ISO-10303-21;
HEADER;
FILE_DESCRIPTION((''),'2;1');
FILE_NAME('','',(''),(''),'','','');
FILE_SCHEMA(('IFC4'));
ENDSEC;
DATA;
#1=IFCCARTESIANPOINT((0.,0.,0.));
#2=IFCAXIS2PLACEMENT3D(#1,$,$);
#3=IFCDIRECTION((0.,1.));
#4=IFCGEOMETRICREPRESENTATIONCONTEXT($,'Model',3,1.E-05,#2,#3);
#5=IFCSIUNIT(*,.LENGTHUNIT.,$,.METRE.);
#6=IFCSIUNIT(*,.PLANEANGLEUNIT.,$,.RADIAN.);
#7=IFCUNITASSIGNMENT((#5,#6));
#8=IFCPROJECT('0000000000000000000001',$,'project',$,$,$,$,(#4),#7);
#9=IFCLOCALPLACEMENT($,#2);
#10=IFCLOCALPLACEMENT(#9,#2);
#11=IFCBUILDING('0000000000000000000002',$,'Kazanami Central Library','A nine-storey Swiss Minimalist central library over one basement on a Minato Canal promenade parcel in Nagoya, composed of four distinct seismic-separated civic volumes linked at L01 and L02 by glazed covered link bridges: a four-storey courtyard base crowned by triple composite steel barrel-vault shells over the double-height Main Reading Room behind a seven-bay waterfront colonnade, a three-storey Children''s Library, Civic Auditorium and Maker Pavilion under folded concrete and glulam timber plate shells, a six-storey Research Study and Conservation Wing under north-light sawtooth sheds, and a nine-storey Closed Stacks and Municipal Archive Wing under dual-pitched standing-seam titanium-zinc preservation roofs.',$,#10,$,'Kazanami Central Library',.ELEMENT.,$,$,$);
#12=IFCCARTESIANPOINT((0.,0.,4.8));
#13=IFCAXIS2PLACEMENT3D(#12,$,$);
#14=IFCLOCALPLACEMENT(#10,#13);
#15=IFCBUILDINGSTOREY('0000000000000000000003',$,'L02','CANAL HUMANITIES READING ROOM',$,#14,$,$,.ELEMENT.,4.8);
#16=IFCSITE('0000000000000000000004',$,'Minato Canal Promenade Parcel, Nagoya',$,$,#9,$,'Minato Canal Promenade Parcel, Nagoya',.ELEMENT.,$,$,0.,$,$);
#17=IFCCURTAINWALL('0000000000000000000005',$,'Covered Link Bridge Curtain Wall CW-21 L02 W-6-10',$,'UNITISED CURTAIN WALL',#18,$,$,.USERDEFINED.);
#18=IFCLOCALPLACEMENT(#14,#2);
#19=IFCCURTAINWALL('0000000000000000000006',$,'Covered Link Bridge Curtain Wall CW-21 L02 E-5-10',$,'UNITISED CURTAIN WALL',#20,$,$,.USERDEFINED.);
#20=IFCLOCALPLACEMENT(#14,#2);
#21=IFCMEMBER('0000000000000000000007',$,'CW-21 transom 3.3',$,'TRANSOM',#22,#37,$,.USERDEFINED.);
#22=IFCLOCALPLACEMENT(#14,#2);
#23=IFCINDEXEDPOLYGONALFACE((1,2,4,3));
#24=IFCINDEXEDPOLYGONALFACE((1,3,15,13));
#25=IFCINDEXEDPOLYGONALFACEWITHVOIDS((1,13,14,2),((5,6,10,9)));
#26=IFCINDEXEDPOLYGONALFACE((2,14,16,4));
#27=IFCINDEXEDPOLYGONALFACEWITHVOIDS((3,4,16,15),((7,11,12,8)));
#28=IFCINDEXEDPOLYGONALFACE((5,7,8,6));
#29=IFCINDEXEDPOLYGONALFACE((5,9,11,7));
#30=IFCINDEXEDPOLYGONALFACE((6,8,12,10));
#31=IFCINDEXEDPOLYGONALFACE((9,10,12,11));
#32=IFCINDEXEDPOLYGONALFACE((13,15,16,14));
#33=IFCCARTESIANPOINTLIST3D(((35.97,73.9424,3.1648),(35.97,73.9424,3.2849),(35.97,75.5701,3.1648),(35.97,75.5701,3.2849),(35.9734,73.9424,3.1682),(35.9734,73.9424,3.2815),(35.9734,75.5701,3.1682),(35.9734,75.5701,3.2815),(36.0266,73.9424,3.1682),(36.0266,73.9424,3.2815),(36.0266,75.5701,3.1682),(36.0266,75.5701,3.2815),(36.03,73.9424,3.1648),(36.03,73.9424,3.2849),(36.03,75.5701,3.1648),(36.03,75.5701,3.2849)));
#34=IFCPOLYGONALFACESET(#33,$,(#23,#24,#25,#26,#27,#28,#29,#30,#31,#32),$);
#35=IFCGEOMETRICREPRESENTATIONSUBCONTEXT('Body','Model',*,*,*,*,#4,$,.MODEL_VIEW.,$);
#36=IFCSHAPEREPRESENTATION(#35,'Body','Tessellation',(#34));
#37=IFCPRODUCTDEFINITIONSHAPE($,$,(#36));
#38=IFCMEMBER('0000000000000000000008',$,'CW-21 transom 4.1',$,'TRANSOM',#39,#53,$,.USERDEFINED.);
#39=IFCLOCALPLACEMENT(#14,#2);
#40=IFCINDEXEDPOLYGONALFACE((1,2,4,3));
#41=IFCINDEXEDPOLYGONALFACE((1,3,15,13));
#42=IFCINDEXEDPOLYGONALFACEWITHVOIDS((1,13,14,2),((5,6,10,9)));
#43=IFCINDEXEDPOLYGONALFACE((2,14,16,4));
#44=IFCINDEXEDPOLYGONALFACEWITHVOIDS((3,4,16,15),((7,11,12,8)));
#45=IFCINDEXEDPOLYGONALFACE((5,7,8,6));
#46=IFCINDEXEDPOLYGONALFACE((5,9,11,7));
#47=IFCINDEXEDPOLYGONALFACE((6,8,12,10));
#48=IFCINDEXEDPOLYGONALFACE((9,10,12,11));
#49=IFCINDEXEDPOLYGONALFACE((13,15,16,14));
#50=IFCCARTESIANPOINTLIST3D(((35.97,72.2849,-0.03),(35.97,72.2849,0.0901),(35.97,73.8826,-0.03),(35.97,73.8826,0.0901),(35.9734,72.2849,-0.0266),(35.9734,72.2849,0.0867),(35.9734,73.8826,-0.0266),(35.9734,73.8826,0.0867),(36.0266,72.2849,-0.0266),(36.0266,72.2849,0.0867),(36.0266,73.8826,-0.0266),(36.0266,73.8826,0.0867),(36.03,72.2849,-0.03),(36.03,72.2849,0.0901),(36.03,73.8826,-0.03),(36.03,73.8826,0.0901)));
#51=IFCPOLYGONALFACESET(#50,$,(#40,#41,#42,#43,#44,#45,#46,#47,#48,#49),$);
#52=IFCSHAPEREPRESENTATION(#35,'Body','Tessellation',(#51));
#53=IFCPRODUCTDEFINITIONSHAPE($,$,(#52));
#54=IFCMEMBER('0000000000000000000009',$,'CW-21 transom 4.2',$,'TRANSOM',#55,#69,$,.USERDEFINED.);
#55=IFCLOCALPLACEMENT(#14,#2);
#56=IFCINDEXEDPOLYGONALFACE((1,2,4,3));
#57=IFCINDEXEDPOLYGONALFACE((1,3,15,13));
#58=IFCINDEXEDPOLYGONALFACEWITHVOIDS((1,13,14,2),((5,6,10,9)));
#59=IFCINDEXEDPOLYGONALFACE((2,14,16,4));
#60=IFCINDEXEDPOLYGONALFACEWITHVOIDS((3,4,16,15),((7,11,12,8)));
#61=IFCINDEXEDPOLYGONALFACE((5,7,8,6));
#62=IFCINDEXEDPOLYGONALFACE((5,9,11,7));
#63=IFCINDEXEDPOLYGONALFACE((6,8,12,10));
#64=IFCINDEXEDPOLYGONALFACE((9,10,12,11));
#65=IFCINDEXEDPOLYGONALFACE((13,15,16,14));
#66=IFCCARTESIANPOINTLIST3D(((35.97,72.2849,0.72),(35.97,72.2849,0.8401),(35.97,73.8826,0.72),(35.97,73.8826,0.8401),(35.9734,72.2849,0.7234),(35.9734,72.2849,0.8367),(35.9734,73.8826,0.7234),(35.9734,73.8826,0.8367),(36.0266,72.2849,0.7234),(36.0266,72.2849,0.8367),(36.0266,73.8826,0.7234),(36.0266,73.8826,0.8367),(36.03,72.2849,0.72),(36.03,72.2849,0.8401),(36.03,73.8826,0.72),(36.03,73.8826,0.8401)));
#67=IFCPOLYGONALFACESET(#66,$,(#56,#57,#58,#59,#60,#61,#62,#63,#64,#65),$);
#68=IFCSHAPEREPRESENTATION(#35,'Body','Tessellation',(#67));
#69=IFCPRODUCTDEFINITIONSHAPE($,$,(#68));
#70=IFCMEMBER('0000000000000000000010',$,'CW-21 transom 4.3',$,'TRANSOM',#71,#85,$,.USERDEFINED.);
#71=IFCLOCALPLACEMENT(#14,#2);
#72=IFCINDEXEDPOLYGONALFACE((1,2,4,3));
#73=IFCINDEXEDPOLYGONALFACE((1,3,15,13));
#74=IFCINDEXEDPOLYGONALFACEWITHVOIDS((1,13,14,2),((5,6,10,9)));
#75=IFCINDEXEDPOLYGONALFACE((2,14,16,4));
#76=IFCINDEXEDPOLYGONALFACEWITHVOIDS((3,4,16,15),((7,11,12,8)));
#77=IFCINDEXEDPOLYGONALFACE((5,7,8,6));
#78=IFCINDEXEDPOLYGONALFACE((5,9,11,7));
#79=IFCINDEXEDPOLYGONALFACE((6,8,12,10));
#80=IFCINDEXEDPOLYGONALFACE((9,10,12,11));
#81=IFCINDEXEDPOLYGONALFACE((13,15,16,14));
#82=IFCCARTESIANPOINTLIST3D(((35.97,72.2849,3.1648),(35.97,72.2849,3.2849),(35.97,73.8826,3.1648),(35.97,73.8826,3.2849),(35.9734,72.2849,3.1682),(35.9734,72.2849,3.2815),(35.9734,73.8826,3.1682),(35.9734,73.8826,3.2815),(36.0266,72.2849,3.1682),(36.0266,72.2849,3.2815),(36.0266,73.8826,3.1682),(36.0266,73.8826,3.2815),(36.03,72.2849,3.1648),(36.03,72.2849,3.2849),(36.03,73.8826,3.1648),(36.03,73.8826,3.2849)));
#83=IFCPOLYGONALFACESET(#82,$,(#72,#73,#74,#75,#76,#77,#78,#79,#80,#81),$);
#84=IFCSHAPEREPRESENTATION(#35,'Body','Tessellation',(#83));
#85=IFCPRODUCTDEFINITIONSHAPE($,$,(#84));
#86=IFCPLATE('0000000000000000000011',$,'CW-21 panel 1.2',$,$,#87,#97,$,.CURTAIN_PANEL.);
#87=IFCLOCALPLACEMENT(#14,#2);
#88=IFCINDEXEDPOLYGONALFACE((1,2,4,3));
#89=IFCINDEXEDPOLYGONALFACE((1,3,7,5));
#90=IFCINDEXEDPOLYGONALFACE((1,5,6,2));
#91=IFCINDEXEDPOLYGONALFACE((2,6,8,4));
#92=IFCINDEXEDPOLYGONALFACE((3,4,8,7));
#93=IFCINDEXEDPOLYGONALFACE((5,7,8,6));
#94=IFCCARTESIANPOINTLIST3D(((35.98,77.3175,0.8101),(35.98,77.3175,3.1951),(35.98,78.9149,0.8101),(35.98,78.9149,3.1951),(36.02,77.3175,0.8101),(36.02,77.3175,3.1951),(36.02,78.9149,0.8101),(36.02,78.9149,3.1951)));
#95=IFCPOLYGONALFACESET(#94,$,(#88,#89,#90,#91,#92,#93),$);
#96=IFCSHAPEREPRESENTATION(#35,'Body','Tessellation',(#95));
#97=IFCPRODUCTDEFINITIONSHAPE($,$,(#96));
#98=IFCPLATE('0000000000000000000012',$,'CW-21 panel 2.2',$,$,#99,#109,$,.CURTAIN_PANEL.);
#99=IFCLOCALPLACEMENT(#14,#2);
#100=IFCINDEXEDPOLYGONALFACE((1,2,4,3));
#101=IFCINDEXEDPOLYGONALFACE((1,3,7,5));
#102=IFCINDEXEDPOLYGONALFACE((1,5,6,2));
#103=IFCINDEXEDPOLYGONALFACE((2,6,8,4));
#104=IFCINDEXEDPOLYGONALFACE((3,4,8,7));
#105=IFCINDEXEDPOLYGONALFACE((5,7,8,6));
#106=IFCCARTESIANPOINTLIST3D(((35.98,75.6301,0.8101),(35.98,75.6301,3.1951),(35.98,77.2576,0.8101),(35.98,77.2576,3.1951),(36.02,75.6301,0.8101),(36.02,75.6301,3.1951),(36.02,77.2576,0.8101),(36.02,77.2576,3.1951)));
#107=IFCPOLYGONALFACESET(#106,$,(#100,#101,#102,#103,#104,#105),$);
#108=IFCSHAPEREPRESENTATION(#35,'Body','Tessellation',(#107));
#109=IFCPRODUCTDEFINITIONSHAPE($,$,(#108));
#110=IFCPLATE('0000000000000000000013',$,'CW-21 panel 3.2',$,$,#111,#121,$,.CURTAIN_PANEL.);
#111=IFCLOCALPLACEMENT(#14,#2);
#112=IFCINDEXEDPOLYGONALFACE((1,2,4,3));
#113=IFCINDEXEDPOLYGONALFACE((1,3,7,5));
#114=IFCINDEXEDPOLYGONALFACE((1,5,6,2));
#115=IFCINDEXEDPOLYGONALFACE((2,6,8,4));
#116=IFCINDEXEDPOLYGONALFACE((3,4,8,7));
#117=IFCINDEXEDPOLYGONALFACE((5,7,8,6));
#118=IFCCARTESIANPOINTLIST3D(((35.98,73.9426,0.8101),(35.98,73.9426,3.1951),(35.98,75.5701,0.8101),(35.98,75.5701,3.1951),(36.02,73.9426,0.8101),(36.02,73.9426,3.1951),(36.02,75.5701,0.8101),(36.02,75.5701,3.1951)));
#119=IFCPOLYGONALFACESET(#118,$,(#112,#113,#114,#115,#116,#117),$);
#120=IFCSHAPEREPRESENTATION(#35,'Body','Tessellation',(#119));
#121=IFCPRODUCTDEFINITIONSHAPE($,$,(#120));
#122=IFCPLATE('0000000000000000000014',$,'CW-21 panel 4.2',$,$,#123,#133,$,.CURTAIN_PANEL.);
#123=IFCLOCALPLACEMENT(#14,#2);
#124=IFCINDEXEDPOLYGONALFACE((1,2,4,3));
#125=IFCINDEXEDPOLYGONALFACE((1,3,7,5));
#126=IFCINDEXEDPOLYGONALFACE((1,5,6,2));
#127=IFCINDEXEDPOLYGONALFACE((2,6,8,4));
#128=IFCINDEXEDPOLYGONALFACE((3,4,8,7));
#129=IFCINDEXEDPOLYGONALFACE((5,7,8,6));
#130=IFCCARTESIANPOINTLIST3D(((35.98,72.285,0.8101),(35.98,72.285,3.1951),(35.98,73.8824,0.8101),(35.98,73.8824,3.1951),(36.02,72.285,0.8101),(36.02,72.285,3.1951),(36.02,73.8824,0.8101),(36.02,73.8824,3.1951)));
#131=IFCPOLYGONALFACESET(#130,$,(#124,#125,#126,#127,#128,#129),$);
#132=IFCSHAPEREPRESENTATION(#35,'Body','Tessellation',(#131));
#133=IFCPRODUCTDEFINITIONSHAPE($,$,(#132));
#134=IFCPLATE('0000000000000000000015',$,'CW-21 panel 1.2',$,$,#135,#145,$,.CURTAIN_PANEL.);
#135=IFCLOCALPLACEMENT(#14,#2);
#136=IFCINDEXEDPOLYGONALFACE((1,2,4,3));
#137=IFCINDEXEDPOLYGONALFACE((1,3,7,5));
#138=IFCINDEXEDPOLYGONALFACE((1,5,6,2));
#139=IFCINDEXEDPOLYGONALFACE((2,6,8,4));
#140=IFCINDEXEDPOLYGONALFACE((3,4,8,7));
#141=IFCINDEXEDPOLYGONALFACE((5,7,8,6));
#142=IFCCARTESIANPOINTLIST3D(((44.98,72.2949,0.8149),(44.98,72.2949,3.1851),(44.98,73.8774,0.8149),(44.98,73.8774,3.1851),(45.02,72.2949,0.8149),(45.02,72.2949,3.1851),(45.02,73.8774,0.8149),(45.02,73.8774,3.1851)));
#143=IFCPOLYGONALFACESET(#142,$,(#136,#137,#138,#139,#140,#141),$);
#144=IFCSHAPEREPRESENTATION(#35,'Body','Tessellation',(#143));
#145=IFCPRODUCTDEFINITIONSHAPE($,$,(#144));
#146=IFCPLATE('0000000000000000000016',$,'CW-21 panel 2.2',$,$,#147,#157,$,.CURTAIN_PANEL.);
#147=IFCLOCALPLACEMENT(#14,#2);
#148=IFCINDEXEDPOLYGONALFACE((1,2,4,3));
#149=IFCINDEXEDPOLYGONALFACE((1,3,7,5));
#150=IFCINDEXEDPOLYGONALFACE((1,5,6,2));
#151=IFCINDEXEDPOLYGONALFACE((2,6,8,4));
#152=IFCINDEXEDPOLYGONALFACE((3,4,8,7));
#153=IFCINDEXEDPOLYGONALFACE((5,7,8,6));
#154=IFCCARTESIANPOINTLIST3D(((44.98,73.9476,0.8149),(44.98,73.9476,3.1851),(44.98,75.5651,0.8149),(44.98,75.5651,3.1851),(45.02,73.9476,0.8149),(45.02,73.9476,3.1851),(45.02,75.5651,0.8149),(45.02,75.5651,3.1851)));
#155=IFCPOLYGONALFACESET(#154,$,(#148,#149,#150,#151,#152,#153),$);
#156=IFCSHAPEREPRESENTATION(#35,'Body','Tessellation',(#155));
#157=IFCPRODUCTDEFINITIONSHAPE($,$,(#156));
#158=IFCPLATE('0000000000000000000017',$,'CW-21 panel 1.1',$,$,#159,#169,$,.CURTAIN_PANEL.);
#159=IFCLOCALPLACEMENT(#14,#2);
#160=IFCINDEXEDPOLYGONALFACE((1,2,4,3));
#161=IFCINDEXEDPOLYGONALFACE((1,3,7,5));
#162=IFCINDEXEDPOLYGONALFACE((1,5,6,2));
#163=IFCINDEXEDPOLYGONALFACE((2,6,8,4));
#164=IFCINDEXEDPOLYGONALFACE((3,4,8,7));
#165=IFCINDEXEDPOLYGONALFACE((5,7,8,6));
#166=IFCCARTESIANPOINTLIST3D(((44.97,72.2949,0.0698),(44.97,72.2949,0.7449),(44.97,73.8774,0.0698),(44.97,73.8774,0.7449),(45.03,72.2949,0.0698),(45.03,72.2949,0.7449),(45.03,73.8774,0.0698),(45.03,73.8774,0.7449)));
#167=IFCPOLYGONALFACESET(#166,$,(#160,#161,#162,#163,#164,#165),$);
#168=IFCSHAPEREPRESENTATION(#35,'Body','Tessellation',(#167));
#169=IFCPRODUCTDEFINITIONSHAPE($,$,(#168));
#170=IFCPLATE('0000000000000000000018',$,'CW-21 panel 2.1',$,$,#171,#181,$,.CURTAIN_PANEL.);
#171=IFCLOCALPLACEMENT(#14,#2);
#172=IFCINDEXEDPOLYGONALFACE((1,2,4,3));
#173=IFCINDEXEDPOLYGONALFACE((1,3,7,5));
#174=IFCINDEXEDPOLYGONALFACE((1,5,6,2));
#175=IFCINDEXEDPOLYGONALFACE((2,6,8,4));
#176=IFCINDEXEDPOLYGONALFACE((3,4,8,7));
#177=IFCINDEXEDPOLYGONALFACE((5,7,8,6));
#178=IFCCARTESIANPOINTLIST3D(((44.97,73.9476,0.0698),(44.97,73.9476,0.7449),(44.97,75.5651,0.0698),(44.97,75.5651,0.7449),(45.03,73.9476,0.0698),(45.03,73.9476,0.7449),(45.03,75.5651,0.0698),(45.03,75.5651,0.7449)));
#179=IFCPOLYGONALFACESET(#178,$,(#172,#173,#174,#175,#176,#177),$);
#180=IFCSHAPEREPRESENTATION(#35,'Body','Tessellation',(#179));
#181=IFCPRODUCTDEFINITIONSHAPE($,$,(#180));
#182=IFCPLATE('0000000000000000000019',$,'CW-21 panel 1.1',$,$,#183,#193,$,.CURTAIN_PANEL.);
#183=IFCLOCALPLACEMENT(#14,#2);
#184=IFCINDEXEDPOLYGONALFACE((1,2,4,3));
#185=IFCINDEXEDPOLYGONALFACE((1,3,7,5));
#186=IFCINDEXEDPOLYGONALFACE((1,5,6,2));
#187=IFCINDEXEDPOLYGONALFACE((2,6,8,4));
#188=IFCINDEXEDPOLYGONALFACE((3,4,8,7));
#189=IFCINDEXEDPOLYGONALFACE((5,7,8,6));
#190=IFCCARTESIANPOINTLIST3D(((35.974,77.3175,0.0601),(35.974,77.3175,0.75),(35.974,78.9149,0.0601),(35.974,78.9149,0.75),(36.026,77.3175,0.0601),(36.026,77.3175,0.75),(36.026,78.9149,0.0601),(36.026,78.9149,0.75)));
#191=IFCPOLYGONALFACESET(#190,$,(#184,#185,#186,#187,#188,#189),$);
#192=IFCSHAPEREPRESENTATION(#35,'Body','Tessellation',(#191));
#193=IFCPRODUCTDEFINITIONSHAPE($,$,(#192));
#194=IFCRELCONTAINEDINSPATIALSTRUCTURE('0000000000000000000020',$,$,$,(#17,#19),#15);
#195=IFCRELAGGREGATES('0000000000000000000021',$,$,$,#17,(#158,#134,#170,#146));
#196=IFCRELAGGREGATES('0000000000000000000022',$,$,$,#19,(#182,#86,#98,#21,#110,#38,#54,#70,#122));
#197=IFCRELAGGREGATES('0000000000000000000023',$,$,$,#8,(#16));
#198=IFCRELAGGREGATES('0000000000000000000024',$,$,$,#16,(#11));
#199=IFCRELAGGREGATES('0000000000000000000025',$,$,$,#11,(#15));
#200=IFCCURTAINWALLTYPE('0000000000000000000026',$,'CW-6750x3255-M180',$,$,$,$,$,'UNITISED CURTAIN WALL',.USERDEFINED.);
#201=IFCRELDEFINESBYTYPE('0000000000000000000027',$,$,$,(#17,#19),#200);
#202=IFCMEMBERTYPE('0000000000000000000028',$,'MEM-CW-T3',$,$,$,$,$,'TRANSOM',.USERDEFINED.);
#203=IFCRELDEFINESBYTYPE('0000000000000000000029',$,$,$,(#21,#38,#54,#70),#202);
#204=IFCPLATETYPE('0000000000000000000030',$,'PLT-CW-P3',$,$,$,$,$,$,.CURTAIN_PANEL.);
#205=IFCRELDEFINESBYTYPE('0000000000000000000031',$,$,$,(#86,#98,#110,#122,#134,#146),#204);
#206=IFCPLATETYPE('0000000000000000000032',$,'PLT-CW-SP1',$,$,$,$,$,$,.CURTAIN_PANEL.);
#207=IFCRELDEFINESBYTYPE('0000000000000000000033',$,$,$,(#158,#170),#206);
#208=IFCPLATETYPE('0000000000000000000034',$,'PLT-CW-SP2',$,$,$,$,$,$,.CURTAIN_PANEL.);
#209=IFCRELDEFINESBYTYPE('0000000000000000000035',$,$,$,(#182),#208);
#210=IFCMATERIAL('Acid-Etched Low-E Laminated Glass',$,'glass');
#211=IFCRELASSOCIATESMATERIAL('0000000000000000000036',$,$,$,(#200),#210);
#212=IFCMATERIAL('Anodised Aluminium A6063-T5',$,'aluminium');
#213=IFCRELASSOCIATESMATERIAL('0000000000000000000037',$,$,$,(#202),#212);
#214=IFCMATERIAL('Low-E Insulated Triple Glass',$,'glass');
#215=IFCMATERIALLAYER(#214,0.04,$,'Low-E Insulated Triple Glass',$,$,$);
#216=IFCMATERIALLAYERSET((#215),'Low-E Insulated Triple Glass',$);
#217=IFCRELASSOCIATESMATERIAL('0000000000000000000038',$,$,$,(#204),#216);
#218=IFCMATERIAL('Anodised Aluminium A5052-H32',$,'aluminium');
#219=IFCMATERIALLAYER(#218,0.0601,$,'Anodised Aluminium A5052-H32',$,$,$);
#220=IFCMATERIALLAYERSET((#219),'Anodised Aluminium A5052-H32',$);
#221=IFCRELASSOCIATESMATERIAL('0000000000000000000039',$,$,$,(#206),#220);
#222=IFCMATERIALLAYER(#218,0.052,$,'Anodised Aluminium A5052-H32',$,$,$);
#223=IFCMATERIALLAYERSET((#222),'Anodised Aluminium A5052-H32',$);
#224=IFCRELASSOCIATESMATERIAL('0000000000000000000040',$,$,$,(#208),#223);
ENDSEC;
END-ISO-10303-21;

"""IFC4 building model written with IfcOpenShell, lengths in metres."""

from ifc_helpers import new_model, si_unit, direction, frame, origin, origin_2d, place, context, subcontext, project, spatial, rectangle, hollow_rectangle, extrude, material, layer, layer_set, material_profile, profile_set, type_object, element, aggregate, save


model = new_model("IFC4")

# Units and contexts
model_context = context("Model", 3, precision=1e-05, world=origin(), true_north=direction((0.0, 1.0)))
body_context = subcontext(model_context, "Body", "Model", "MODEL_VIEW")
ifc_project = project(units=[si_unit("LENGTHUNIT", "METRE"), si_unit("PLANEANGLEUNIT", "RADIAN")], contexts=[model_context])

# Site, building, storey
site_placement = place(None, origin())
site = spatial("IfcSite", under=ifc_project, at=site_placement, Name="Minato Canal Promenade Parcel, Nagoya", LongName="Minato Canal Promenade Parcel, Nagoya", CompositionType="ELEMENT", RefElevation=0.0)
building_placement = place(site_placement, origin())
building = spatial("IfcBuilding", under=site, at=building_placement, Name="Kazanami Central Library", Description="A nine-storey Swiss Minimalist central library over one basement on a Minato Canal promenade parcel in Nagoya, composed of four distinct seismic-separated civic volumes linked at L01 and L02 by glazed covered link bridges: a four-storey courtyard base crowned by triple composite steel barrel-vault shells over the double-height Main Reading Room behind a seven-bay waterfront colonnade, a three-storey Children's Library, Civic Auditorium and Maker Pavilion under folded concrete and glulam timber plate shells, a six-storey Research Study and Conservation Wing under north-light sawtooth sheds, and a nine-storey Closed Stacks and Municipal Archive Wing under dual-pitched standing-seam titanium-zinc preservation roofs.", LongName="Kazanami Central Library", CompositionType="ELEMENT")
storey_placement = place(building_placement, frame((0.0, 0.0, 4.8)))
storey = spatial("IfcBuildingStorey", under=building, at=storey_placement, Name="L02", Description="CANAL HUMANITIES READING ROOM", CompositionType="ELEMENT", Elevation=4.8)

# Curtain walls
ifc_material_1 = material(Name="Acid-Etched Low-E Laminated Glass", Category="glass")
curtain_wall_type = type_object("IfcCurtainWallType", Name="CW-6750x3255-M180", ElementType="UNITISED CURTAIN WALL", PredefinedType="USERDEFINED", material=ifc_material_1)
curtain_wall_1_placement = place(storey_placement, origin())
curtain_wall_1 = element("IfcCurtainWall", 1, at=curtain_wall_1_placement, inside=storey, type_object=curtain_wall_type, Name="Covered Link Bridge Curtain Wall CW-21 L02 W-6-10", ObjectType="UNITISED CURTAIN WALL", PredefinedType="USERDEFINED")
ifc_material_2 = material(Name="Anodised Aluminium A6063-T5", Category="aluminium")
curtain_wall_2_placement = place(storey_placement, origin())
curtain_wall_2 = element("IfcCurtainWall", 2, at=curtain_wall_2_placement, inside=storey, type_object=curtain_wall_type, Name="Covered Link Bridge Curtain Wall CW-21 L02 E-5-10", ObjectType="UNITISED CURTAIN WALL", PredefinedType="USERDEFINED")

# Members
ifc_material_profile_1 = material_profile(ifc_material_2, hollow_rectangle(XDim=0.0601, YDim=0.1201, WallThickness=0.0034, at=origin_2d()), Name="ALU-TRAN-60x120x3.5")
ifc_profile_set_1 = profile_set([ifc_material_profile_1], Name="Anodised Aluminium A6063-T5")
member_type_1 = type_object("IfcMemberType", Name="MEM-CW-T3", ElementType="TRANSOM", PredefinedType="USERDEFINED", material=ifc_profile_set_1)
member_1_placement = place(storey_placement, frame((36.0, 75.5701, 3.2249), z_axis=(0.0, -1.0, 0.0), x_axis=(1.0, 0.0, 0.0)))
member_1 = element("IfcMember", 3, at=member_1_placement, type_object=member_type_1, Name="CW-21 transom 3.3", ObjectType="TRANSOM", PredefinedType="USERDEFINED", context=body_context, shape_type="SweptSolid", body=[
    extrude(hollow_rectangle(XDim=0.0601, YDim=0.1201, WallThickness=0.0034, at=origin_2d()), origin(), (0.0, 0.0, 1.0), 1.6277),
])
member_2_placement = place(storey_placement, frame((36.0, 73.8826, 0.03), z_axis=(0.0, -1.0, 0.0), x_axis=(1.0, 0.0, 0.0)))
member_2 = element("IfcMember", 4, at=member_2_placement, type_object=member_type_1, Name="CW-21 transom 4.1", ObjectType="TRANSOM", PredefinedType="USERDEFINED", context=body_context, shape_type="SweptSolid", body=[
    extrude(hollow_rectangle(XDim=0.0601, YDim=0.1201, WallThickness=0.0034, at=origin_2d()), origin(), (0.0, 0.0, 1.0), 1.5977),
])
member_3_placement = place(storey_placement, frame((36.0, 73.8826, 0.78), z_axis=(0.0, -1.0, 0.0), x_axis=(1.0, 0.0, 0.0)))
member_3 = element("IfcMember", 5, at=member_3_placement, type_object=member_type_1, Name="CW-21 transom 4.2", ObjectType="TRANSOM", PredefinedType="USERDEFINED", context=body_context, shape_type="SweptSolid", body=[
    extrude(hollow_rectangle(XDim=0.0601, YDim=0.1201, WallThickness=0.0034, at=origin_2d()), origin(), (0.0, 0.0, 1.0), 1.5977),
])
member_4_placement = place(storey_placement, frame((36.0, 73.8826, 3.2249), z_axis=(0.0, -1.0, 0.0), x_axis=(1.0, 0.0, 0.0)))
member_4 = element("IfcMember", 6, at=member_4_placement, type_object=member_type_1, Name="CW-21 transom 4.3", ObjectType="TRANSOM", PredefinedType="USERDEFINED", context=body_context, shape_type="SweptSolid", body=[
    extrude(hollow_rectangle(XDim=0.0601, YDim=0.1201, WallThickness=0.0034, at=origin_2d()), origin(), (0.0, 0.0, 1.0), 1.5977),
])

# Plates
ifc_material_3 = material(Name="Low-E Insulated Triple Glass", Category="glass")
ifc_layer_1 = layer(ifc_material_3, 0.04, Name="Low-E Insulated Triple Glass")
ifc_layer_set_1 = layer_set([ifc_layer_1], Name="Low-E Insulated Triple Glass")
plate_type_1 = type_object("IfcPlateType", Name="PLT-CW-P3", PredefinedType="CURTAIN_PANEL", material=ifc_layer_set_1)
plate_1_placement = place(storey_placement, frame((36.0, 78.1162, 0.8101), z_axis=(0.0, 0.0, 1.0), x_axis=(0.0, -1.0, 0.0)))
plate_1 = element("IfcPlate", 7, at=plate_1_placement, type_object=plate_type_1, Name="CW-21 panel 1.2", PredefinedType="CURTAIN_PANEL", context=body_context, shape_type="SweptSolid", body=[
    extrude(rectangle(XDim=1.5974, YDim=0.04, at=origin_2d()), origin(), (0.0, 0.0, 1.0), 2.385),
])
plate_2_placement = place(storey_placement, frame((36.0, 76.4438, 0.8101), z_axis=(0.0, 0.0, 1.0), x_axis=(0.0, -1.0, 0.0)))
plate_2 = element("IfcPlate", 8, at=plate_2_placement, type_object=plate_type_1, Name="CW-21 panel 2.2", PredefinedType="CURTAIN_PANEL", context=body_context, shape_type="SweptSolid", body=[
    extrude(rectangle(XDim=1.6274, YDim=0.04, at=origin_2d()), origin(), (0.0, 0.0, 1.0), 2.385),
])
plate_3_placement = place(storey_placement, frame((36.0, 74.7563, 0.8101), z_axis=(0.0, 0.0, 1.0), x_axis=(0.0, -1.0, 0.0)))
plate_3 = element("IfcPlate", 9, at=plate_3_placement, type_object=plate_type_1, Name="CW-21 panel 3.2", PredefinedType="CURTAIN_PANEL", context=body_context, shape_type="SweptSolid", body=[
    extrude(rectangle(XDim=1.6274, YDim=0.04, at=origin_2d()), origin(), (0.0, 0.0, 1.0), 2.385),
])
plate_4_placement = place(storey_placement, frame((36.0, 73.0837, 0.8101), z_axis=(0.0, 0.0, 1.0), x_axis=(0.0, -1.0, 0.0)))
plate_4 = element("IfcPlate", 10, at=plate_4_placement, type_object=plate_type_1, Name="CW-21 panel 4.2", PredefinedType="CURTAIN_PANEL", context=body_context, shape_type="SweptSolid", body=[
    extrude(rectangle(XDim=1.5974, YDim=0.04, at=origin_2d()), origin(), (0.0, 0.0, 1.0), 2.385),
])
plate_5_placement = place(storey_placement, frame((45.0, 73.0862, 0.8149), z_axis=(0.0, 0.0, 1.0), x_axis=(0.0, 1.0, 0.0)))
plate_5 = element("IfcPlate", 11, at=plate_5_placement, type_object=plate_type_1, Name="CW-21 panel 1.2", PredefinedType="CURTAIN_PANEL", context=body_context, shape_type="SweptSolid", body=[
    extrude(rectangle(XDim=1.5825, YDim=0.04, at=origin_2d()), origin(), (0.0, 0.0, 1.0), 2.3701),
])
plate_6_placement = place(storey_placement, frame((45.0, 74.7563, 0.8149), z_axis=(0.0, 0.0, 1.0), x_axis=(0.0, 1.0, 0.0)))
plate_6 = element("IfcPlate", 12, at=plate_6_placement, type_object=plate_type_1, Name="CW-21 panel 2.2", PredefinedType="CURTAIN_PANEL", context=body_context, shape_type="SweptSolid", body=[
    extrude(rectangle(XDim=1.6174, YDim=0.04, at=origin_2d()), origin(), (0.0, 0.0, 1.0), 2.3701),
])
ifc_material_4 = material(Name="Anodised Aluminium A5052-H32", Category="aluminium")
ifc_layer_2 = layer(ifc_material_4, 0.0601, Name="Anodised Aluminium A5052-H32")
ifc_layer_set_2 = layer_set([ifc_layer_2], Name="Anodised Aluminium A5052-H32")
plate_type_2 = type_object("IfcPlateType", Name="PLT-CW-SP1", PredefinedType="CURTAIN_PANEL", material=ifc_layer_set_2)
plate_7_placement = place(storey_placement, frame((45.0, 73.0862, 0.0698), z_axis=(0.0, 0.0, 1.0), x_axis=(0.0, 1.0, 0.0)))
plate_7 = element("IfcPlate", 13, at=plate_7_placement, type_object=plate_type_2, Name="CW-21 panel 1.1", PredefinedType="CURTAIN_PANEL", context=body_context, shape_type="SweptSolid", body=[
    extrude(rectangle(XDim=1.5825, YDim=0.0601, at=origin_2d()), origin(), (0.0, 0.0, 1.0), 0.675),
])
plate_8_placement = place(storey_placement, frame((45.0, 74.7563, 0.0698), z_axis=(0.0, 0.0, 1.0), x_axis=(0.0, 1.0, 0.0)))
plate_8 = element("IfcPlate", 14, at=plate_8_placement, type_object=plate_type_2, Name="CW-21 panel 2.1", PredefinedType="CURTAIN_PANEL", context=body_context, shape_type="SweptSolid", body=[
    extrude(rectangle(XDim=1.6174, YDim=0.0601, at=origin_2d()), origin(), (0.0, 0.0, 1.0), 0.675),
])
aggregate(curtain_wall_1, [plate_7, plate_5, plate_8, plate_6])
ifc_layer_3 = layer(ifc_material_4, 0.052, Name="Anodised Aluminium A5052-H32")
ifc_layer_set_3 = layer_set([ifc_layer_3], Name="Anodised Aluminium A5052-H32")
plate_type_3 = type_object("IfcPlateType", Name="PLT-CW-SP2", PredefinedType="CURTAIN_PANEL", material=ifc_layer_set_3)
plate_9_placement = place(storey_placement, frame((36.0, 78.1162, 0.0601), z_axis=(0.0, 0.0, 1.0), x_axis=(0.0, -1.0, 0.0)))
plate_9 = element("IfcPlate", 15, at=plate_9_placement, type_object=plate_type_3, Name="CW-21 panel 1.1", PredefinedType="CURTAIN_PANEL", context=body_context, shape_type="SweptSolid", body=[
    extrude(rectangle(XDim=1.5974, YDim=0.052, at=origin_2d()), origin(), (0.0, 0.0, 1.0), 0.6899),
])
aggregate(curtain_wall_2, [plate_9, plate_1, plate_2, member_1, plate_3, member_2, member_3, member_4, plate_4])

save(model, "model.ifc")
